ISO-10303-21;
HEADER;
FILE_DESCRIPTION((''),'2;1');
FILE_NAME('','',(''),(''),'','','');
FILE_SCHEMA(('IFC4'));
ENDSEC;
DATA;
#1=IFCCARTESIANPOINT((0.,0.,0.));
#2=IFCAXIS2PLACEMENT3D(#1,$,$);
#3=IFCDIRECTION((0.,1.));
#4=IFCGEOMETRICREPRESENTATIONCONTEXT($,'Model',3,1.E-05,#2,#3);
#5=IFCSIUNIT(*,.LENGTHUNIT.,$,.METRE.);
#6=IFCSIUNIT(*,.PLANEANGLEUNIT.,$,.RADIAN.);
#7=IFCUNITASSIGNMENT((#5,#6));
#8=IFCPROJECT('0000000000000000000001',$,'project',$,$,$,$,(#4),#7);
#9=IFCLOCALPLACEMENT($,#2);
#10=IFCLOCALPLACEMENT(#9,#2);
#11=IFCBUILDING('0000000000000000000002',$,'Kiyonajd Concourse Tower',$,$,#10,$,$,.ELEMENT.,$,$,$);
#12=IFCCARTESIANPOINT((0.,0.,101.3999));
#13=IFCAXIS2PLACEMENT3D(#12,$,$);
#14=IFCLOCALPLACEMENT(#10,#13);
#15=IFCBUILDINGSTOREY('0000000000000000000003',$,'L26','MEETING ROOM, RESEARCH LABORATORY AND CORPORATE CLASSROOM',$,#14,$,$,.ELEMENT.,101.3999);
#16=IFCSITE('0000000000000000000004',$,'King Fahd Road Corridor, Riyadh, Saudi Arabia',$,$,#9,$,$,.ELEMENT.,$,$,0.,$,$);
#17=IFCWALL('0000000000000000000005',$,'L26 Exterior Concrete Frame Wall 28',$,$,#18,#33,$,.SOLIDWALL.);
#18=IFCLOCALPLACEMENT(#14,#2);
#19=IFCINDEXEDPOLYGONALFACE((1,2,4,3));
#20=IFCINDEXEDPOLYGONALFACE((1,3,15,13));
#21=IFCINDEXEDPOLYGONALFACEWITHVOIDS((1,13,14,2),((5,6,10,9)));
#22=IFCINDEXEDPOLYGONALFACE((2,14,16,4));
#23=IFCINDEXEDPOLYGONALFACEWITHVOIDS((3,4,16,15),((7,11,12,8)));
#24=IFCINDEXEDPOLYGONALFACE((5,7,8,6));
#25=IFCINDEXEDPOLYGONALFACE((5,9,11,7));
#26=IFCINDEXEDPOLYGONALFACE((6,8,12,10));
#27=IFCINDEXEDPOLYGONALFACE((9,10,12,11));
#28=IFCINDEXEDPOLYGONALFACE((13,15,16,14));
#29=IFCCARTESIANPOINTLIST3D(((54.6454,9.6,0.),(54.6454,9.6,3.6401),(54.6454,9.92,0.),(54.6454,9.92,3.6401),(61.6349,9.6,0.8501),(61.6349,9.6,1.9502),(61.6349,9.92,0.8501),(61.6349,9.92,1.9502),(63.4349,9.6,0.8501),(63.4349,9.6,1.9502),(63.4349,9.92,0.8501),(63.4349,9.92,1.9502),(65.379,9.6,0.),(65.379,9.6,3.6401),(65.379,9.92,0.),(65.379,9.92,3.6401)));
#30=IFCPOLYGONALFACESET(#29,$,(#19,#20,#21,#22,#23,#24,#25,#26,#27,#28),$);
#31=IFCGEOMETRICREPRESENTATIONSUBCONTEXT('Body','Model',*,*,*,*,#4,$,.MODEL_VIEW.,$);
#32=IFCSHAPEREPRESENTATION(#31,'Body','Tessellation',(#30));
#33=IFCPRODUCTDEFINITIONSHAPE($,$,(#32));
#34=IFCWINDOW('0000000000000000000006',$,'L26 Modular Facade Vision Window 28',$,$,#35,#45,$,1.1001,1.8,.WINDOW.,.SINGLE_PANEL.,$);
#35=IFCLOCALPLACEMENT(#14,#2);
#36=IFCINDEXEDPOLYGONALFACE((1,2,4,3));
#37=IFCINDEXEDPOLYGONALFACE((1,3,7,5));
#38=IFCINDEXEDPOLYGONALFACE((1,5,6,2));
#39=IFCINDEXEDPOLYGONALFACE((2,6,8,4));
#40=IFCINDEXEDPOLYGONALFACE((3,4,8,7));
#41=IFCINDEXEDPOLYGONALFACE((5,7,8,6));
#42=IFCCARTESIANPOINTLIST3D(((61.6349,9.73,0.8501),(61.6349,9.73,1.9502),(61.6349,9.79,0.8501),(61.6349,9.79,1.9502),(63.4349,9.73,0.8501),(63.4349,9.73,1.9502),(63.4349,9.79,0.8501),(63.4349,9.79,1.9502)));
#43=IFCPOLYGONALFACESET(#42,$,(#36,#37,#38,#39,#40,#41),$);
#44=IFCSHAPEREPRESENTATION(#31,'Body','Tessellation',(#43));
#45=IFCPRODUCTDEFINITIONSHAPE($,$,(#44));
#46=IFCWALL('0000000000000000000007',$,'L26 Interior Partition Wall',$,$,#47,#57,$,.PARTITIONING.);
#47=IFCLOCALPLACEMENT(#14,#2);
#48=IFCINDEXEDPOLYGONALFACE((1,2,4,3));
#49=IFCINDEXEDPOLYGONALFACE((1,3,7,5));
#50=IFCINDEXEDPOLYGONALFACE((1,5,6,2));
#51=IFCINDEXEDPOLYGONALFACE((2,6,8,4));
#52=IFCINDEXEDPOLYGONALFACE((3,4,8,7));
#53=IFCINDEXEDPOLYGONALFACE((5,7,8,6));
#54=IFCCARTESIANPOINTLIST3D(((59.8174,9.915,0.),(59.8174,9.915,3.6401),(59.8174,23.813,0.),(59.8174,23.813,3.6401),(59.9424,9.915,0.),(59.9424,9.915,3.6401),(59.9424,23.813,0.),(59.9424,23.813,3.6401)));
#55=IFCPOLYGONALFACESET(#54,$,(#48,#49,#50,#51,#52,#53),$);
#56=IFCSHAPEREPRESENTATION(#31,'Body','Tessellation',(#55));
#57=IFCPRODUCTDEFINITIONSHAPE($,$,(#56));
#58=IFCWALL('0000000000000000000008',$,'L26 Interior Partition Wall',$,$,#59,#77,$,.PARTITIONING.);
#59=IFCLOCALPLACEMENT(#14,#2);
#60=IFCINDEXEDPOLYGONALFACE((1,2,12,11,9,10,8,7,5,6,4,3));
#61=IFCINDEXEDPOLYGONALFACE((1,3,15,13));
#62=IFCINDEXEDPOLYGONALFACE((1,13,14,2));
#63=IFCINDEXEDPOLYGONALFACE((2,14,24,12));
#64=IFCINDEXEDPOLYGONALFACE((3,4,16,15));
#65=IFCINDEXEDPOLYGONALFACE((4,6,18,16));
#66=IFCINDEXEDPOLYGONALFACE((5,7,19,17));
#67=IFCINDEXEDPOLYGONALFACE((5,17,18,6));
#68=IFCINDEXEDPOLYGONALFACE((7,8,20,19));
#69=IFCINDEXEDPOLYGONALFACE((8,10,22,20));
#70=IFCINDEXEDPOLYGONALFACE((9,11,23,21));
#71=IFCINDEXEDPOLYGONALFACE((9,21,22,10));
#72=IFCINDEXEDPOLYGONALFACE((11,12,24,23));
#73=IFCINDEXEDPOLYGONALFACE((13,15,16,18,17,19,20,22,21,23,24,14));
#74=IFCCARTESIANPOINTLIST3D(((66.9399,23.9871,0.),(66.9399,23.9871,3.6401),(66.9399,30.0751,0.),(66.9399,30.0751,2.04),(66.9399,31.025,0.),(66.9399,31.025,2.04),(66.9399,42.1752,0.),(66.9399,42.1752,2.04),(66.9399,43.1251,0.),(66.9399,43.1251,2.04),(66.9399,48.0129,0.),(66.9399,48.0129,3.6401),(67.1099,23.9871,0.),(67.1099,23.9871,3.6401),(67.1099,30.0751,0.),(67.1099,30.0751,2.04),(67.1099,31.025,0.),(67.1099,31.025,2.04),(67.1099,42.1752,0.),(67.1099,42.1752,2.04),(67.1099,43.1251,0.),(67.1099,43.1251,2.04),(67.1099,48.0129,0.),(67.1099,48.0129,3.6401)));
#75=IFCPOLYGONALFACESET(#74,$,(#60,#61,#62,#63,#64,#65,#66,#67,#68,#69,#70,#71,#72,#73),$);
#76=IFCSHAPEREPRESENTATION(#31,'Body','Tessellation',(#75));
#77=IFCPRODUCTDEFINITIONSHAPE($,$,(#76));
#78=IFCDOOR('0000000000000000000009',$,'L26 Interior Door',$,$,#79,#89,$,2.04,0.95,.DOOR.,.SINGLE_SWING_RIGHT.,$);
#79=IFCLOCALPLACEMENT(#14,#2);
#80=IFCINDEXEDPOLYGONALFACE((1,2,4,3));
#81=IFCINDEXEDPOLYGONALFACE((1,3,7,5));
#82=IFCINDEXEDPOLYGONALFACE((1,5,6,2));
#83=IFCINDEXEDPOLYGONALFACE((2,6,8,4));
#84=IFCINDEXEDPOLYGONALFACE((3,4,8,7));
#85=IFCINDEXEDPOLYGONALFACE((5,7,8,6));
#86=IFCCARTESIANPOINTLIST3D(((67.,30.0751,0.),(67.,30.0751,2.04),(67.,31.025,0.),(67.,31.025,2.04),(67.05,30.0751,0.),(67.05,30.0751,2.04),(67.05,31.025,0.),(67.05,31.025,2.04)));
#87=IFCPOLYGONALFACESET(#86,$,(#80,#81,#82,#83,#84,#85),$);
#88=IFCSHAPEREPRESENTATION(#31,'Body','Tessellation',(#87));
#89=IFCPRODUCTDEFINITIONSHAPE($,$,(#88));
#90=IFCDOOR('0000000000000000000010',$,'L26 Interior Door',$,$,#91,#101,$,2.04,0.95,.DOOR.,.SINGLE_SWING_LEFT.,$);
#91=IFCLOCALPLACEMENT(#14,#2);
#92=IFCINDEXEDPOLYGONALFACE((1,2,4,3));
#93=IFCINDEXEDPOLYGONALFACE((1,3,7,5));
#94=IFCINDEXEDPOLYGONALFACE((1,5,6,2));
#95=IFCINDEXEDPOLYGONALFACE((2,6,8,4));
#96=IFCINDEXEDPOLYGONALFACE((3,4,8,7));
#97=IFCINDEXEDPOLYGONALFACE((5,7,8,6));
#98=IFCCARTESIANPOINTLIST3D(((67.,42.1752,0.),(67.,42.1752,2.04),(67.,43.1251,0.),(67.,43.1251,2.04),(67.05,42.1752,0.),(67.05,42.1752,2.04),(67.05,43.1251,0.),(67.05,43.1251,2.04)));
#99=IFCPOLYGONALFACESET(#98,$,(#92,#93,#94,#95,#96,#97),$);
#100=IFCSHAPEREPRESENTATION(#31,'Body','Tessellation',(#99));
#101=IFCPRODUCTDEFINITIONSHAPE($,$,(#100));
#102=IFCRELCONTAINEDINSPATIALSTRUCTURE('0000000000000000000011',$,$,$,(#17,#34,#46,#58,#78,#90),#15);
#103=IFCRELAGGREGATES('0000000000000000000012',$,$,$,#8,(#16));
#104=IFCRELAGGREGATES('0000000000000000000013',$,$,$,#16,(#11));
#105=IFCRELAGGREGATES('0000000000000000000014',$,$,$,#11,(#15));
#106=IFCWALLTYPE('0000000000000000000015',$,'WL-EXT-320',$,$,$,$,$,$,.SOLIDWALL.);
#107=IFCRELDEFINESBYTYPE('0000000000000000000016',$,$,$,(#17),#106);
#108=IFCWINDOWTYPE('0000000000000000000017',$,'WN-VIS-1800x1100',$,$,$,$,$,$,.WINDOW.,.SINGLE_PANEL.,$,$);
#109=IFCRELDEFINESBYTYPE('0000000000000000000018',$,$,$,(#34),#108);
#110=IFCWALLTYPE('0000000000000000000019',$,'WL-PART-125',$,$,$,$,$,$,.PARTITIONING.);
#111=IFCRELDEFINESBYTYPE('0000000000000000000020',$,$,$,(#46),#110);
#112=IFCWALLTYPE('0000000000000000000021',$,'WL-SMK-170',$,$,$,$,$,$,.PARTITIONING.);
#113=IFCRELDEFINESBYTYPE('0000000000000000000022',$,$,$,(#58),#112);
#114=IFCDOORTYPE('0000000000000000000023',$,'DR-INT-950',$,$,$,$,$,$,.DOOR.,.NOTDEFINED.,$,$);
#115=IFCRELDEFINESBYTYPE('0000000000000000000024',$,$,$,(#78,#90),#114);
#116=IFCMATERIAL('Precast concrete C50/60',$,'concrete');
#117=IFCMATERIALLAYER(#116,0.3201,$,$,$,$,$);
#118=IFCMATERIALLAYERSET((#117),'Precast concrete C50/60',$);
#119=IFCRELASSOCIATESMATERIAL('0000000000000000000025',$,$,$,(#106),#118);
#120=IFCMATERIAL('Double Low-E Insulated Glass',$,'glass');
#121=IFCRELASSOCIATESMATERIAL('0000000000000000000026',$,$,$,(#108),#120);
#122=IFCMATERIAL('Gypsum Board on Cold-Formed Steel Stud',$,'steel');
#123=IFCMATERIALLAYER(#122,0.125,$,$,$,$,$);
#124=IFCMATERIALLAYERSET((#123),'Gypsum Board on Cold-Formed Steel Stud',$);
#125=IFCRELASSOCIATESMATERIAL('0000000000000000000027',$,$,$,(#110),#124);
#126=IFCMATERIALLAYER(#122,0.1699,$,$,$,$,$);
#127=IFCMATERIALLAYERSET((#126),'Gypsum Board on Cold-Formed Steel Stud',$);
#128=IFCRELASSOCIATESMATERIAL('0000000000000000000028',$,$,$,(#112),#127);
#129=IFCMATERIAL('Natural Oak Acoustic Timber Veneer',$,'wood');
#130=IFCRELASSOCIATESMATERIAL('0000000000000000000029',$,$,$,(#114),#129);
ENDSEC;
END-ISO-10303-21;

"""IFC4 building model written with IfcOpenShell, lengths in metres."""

from ifc_helpers import new_model, si_unit, direction, frame, frame_2d, origin, place, context, subcontext, project, spatial, rectangle, extrude, material, layer, layer_set, type_object, element, fill, save


model = new_model("IFC4")

# Units and contexts
model_context = context("Model", 3, precision=1e-05, world=origin(), true_north=direction((0.0, 1.0)))
body_context = subcontext(model_context, "Body", "Model", "MODEL_VIEW")
ifc_project = project(units=[si_unit("LENGTHUNIT", "METRE"), si_unit("PLANEANGLEUNIT", "RADIAN")], contexts=[model_context])

# Site, building, storey
site_placement = place(None, origin())
site = spatial("IfcSite", under=ifc_project, at=site_placement, Name="King Fahd Road Corridor, Riyadh, Saudi Arabia", CompositionType="ELEMENT", RefElevation=0.0)
building_placement = place(site_placement, origin())
building = spatial("IfcBuilding", under=site, at=building_placement, Name="Kiyonajd Concourse Tower", CompositionType="ELEMENT")
storey_placement = place(building_placement, frame((0.0, 0.0, 101.3999)))
storey = spatial("IfcBuildingStorey", under=building, at=storey_placement, Name="L26", Description="MEETING ROOM, RESEARCH LABORATORY AND CORPORATE CLASSROOM", CompositionType="ELEMENT", Elevation=101.3999)

# Shared definitions
ifc_material_1 = material(Name="Precast concrete C50/60", Category="concrete")

# Shared definitions
ifc_material_2 = material(Name="Double Low-E Insulated Glass", Category="glass")

# Shared definitions
ifc_layer_1 = layer(ifc_material_1, 0.3201)
ifc_layer_set_1 = layer_set([ifc_layer_1], Name="Precast concrete C50/60")
wall_type_1 = type_object("IfcWallType", Name="WL-EXT-320", PredefinedType="SOLIDWALL", material=ifc_layer_set_1)

# Wall, opening, window
wall_1_placement = place(storey_placement, frame((65.3789, 9.76, 0.0), z_axis=(0.0, 0.0, 1.0), x_axis=(-1.0, 0.0, 0.0)))
wall_1 = element("IfcWall", 1, at=wall_1_placement, inside=storey, type_object=wall_type_1, Name="L26 Exterior Concrete Frame Wall 28", PredefinedType="SOLIDWALL", context=body_context, shape_type="SweptSolid", body=[
    extrude(rectangle(XDim=10.7336, YDim=0.3201, at=frame_2d((5.3667, 0.0))), origin(), (0.0, 0.0, 1.0), 3.6401),
])
opening_1_placement = place(wall_1_placement, frame((1.9441, 0.0, 0.8501)))
opening_1 = element("IfcOpeningElement", 2, at=opening_1_placement, cuts=wall_1, PredefinedType="OPENING", context=body_context, shape_type="SweptSolid", body=[
    extrude(rectangle(XDim=1.8, YDim=1.1001, at=frame_2d((0.8999, 0.55))), frame((0.0, 0.1699, 0.0), z_axis=(0.0, -1.0, 0.0), x_axis=(1.0, 0.0, 0.0)), (0.0, 0.0, 1.0), 0.3401),
])
window_type = type_object("IfcWindowType", Name="WN-VIS-1800x1100", PartitioningType="SINGLE_PANEL", PredefinedType="WINDOW", material=ifc_material_2)
window_placement = place(opening_1_placement, origin())
window = element("IfcWindow", 3, at=window_placement, inside=storey, type_object=window_type, Name="L26 Modular Facade Vision Window 28", OverallHeight=1.1001, OverallWidth=1.8, PartitioningType="SINGLE_PANEL", PredefinedType="WINDOW", context=body_context, shape_type="SweptSolid", body=[
    extrude(rectangle(XDim=1.8, YDim=1.1001, at=frame_2d((0.8999, 0.55))), frame((0.0, 0.03, 0.0), z_axis=(0.0, -1.0, 0.0), x_axis=(1.0, 0.0, 0.0)), (0.0, 0.0, 1.0), 0.0601),
])
fill(opening_1, window)

# Wall
ifc_material_3 = material(Name="Gypsum Board on Cold-Formed Steel Stud", Category="steel")
ifc_layer_2 = layer(ifc_material_3, 0.125)
ifc_layer_set_2 = layer_set([ifc_layer_2], Name="Gypsum Board on Cold-Formed Steel Stud")
wall_type_2 = type_object("IfcWallType", Name="WL-PART-125", PredefinedType="PARTITIONING", material=ifc_layer_set_2)
wall_2_placement = place(storey_placement, frame((59.8799, 9.915, 0.0), z_axis=(0.0, 0.0, 1.0), x_axis=(0.0, 1.0, 0.0)))
element("IfcWall", 4, at=wall_2_placement, inside=storey, type_object=wall_type_2, Name="L26 Interior Partition Wall", PredefinedType="PARTITIONING", context=body_context, shape_type="SweptSolid", body=[
    extrude(rectangle(XDim=13.8979, YDim=0.125, at=frame_2d((6.949, 0.0))), origin(), (0.0, 0.0, 1.0), 3.6401),
])

# Wall, openings, doors
ifc_layer_3 = layer(ifc_material_3, 0.1699)
ifc_layer_set_3 = layer_set([ifc_layer_3], Name="Gypsum Board on Cold-Formed Steel Stud")
wall_type_3 = type_object("IfcWallType", Name="WL-SMK-170", PredefinedType="PARTITIONING", material=ifc_layer_set_3)
wall_3_placement = place(storey_placement, frame((67.0249, 23.9871, 0.0), z_axis=(0.0, 0.0, 1.0), x_axis=(0.0, 1.0, 0.0)))
wall_3 = element("IfcWall", 5, at=wall_3_placement, inside=storey, type_object=wall_type_3, Name="L26 Interior Partition Wall", PredefinedType="PARTITIONING", context=body_context, shape_type="SweptSolid", body=[
    extrude(rectangle(XDim=24.0259, YDim=0.1699, at=frame_2d((12.0129, 0.0))), origin(), (0.0, 0.0, 1.0), 3.6401),
])
opening_2_placement = place(wall_3_placement, frame((6.0879, 0.0, 0.0)))
opening_2 = element("IfcOpeningElement", 6, at=opening_2_placement, cuts=wall_3, PredefinedType="OPENING", context=body_context, shape_type="SweptSolid", body=[
    extrude(rectangle(XDim=0.95, YDim=2.04, at=frame_2d((0.4751, 1.02))), frame((0.0, 0.095, 0.0), z_axis=(0.0, -1.0, 0.0), x_axis=(1.0, 0.0, 0.0)), (0.0, 0.0, 1.0), 0.1899),
])
opening_3_placement = place(wall_3_placement, frame((18.188, 0.0, 0.0)))
opening_3 = element("IfcOpeningElement", 7, at=opening_3_placement, cuts=wall_3, PredefinedType="OPENING", context=body_context, shape_type="SweptSolid", body=[
    extrude(rectangle(XDim=0.95, YDim=2.04, at=frame_2d((0.4751, 1.02))), frame((0.0, 0.095, 0.0), z_axis=(0.0, -1.0, 0.0), x_axis=(1.0, 0.0, 0.0)), (0.0, 0.0, 1.0), 0.1899),
])
ifc_material_4 = material(Name="Natural Oak Acoustic Timber Veneer", Category="wood")
door_type = type_object("IfcDoorType", Name="DR-INT-950", OperationType="NOTDEFINED", PredefinedType="DOOR", material=ifc_material_4)
door_1_placement = place(opening_2_placement, origin())
door_1 = element("IfcDoor", 8, at=door_1_placement, inside=storey, type_object=door_type, Name="L26 Interior Door", OperationType="SINGLE_SWING_RIGHT", OverallHeight=2.04, OverallWidth=0.95, PredefinedType="DOOR", context=body_context, shape_type="SweptSolid", body=[
    extrude(rectangle(XDim=0.95, YDim=2.04, at=frame_2d((0.4751, 1.02))), frame((0.0, 0.0249, 0.0), z_axis=(0.0, -1.0, 0.0), x_axis=(1.0, 0.0, 0.0)), (0.0, 0.0, 1.0), 0.05),
])
fill(opening_2, door_1)
door_2_placement = place(opening_3_placement, origin())
door_2 = element("IfcDoor", 9, at=door_2_placement, inside=storey, type_object=door_type, Name="L26 Interior Door", OperationType="SINGLE_SWING_LEFT", OverallHeight=2.04, OverallWidth=0.95, PredefinedType="DOOR", context=body_context, shape_type="SweptSolid", body=[
    extrude(rectangle(XDim=0.95, YDim=2.04, at=frame_2d((0.4751, 1.02))), frame((0.0, 0.0249, 0.0), z_axis=(0.0, -1.0, 0.0), x_axis=(1.0, 0.0, 0.0)), (0.0, 0.0, 1.0), 0.05),
])
fill(opening_3, door_2)

save(model, "model.ifc")
